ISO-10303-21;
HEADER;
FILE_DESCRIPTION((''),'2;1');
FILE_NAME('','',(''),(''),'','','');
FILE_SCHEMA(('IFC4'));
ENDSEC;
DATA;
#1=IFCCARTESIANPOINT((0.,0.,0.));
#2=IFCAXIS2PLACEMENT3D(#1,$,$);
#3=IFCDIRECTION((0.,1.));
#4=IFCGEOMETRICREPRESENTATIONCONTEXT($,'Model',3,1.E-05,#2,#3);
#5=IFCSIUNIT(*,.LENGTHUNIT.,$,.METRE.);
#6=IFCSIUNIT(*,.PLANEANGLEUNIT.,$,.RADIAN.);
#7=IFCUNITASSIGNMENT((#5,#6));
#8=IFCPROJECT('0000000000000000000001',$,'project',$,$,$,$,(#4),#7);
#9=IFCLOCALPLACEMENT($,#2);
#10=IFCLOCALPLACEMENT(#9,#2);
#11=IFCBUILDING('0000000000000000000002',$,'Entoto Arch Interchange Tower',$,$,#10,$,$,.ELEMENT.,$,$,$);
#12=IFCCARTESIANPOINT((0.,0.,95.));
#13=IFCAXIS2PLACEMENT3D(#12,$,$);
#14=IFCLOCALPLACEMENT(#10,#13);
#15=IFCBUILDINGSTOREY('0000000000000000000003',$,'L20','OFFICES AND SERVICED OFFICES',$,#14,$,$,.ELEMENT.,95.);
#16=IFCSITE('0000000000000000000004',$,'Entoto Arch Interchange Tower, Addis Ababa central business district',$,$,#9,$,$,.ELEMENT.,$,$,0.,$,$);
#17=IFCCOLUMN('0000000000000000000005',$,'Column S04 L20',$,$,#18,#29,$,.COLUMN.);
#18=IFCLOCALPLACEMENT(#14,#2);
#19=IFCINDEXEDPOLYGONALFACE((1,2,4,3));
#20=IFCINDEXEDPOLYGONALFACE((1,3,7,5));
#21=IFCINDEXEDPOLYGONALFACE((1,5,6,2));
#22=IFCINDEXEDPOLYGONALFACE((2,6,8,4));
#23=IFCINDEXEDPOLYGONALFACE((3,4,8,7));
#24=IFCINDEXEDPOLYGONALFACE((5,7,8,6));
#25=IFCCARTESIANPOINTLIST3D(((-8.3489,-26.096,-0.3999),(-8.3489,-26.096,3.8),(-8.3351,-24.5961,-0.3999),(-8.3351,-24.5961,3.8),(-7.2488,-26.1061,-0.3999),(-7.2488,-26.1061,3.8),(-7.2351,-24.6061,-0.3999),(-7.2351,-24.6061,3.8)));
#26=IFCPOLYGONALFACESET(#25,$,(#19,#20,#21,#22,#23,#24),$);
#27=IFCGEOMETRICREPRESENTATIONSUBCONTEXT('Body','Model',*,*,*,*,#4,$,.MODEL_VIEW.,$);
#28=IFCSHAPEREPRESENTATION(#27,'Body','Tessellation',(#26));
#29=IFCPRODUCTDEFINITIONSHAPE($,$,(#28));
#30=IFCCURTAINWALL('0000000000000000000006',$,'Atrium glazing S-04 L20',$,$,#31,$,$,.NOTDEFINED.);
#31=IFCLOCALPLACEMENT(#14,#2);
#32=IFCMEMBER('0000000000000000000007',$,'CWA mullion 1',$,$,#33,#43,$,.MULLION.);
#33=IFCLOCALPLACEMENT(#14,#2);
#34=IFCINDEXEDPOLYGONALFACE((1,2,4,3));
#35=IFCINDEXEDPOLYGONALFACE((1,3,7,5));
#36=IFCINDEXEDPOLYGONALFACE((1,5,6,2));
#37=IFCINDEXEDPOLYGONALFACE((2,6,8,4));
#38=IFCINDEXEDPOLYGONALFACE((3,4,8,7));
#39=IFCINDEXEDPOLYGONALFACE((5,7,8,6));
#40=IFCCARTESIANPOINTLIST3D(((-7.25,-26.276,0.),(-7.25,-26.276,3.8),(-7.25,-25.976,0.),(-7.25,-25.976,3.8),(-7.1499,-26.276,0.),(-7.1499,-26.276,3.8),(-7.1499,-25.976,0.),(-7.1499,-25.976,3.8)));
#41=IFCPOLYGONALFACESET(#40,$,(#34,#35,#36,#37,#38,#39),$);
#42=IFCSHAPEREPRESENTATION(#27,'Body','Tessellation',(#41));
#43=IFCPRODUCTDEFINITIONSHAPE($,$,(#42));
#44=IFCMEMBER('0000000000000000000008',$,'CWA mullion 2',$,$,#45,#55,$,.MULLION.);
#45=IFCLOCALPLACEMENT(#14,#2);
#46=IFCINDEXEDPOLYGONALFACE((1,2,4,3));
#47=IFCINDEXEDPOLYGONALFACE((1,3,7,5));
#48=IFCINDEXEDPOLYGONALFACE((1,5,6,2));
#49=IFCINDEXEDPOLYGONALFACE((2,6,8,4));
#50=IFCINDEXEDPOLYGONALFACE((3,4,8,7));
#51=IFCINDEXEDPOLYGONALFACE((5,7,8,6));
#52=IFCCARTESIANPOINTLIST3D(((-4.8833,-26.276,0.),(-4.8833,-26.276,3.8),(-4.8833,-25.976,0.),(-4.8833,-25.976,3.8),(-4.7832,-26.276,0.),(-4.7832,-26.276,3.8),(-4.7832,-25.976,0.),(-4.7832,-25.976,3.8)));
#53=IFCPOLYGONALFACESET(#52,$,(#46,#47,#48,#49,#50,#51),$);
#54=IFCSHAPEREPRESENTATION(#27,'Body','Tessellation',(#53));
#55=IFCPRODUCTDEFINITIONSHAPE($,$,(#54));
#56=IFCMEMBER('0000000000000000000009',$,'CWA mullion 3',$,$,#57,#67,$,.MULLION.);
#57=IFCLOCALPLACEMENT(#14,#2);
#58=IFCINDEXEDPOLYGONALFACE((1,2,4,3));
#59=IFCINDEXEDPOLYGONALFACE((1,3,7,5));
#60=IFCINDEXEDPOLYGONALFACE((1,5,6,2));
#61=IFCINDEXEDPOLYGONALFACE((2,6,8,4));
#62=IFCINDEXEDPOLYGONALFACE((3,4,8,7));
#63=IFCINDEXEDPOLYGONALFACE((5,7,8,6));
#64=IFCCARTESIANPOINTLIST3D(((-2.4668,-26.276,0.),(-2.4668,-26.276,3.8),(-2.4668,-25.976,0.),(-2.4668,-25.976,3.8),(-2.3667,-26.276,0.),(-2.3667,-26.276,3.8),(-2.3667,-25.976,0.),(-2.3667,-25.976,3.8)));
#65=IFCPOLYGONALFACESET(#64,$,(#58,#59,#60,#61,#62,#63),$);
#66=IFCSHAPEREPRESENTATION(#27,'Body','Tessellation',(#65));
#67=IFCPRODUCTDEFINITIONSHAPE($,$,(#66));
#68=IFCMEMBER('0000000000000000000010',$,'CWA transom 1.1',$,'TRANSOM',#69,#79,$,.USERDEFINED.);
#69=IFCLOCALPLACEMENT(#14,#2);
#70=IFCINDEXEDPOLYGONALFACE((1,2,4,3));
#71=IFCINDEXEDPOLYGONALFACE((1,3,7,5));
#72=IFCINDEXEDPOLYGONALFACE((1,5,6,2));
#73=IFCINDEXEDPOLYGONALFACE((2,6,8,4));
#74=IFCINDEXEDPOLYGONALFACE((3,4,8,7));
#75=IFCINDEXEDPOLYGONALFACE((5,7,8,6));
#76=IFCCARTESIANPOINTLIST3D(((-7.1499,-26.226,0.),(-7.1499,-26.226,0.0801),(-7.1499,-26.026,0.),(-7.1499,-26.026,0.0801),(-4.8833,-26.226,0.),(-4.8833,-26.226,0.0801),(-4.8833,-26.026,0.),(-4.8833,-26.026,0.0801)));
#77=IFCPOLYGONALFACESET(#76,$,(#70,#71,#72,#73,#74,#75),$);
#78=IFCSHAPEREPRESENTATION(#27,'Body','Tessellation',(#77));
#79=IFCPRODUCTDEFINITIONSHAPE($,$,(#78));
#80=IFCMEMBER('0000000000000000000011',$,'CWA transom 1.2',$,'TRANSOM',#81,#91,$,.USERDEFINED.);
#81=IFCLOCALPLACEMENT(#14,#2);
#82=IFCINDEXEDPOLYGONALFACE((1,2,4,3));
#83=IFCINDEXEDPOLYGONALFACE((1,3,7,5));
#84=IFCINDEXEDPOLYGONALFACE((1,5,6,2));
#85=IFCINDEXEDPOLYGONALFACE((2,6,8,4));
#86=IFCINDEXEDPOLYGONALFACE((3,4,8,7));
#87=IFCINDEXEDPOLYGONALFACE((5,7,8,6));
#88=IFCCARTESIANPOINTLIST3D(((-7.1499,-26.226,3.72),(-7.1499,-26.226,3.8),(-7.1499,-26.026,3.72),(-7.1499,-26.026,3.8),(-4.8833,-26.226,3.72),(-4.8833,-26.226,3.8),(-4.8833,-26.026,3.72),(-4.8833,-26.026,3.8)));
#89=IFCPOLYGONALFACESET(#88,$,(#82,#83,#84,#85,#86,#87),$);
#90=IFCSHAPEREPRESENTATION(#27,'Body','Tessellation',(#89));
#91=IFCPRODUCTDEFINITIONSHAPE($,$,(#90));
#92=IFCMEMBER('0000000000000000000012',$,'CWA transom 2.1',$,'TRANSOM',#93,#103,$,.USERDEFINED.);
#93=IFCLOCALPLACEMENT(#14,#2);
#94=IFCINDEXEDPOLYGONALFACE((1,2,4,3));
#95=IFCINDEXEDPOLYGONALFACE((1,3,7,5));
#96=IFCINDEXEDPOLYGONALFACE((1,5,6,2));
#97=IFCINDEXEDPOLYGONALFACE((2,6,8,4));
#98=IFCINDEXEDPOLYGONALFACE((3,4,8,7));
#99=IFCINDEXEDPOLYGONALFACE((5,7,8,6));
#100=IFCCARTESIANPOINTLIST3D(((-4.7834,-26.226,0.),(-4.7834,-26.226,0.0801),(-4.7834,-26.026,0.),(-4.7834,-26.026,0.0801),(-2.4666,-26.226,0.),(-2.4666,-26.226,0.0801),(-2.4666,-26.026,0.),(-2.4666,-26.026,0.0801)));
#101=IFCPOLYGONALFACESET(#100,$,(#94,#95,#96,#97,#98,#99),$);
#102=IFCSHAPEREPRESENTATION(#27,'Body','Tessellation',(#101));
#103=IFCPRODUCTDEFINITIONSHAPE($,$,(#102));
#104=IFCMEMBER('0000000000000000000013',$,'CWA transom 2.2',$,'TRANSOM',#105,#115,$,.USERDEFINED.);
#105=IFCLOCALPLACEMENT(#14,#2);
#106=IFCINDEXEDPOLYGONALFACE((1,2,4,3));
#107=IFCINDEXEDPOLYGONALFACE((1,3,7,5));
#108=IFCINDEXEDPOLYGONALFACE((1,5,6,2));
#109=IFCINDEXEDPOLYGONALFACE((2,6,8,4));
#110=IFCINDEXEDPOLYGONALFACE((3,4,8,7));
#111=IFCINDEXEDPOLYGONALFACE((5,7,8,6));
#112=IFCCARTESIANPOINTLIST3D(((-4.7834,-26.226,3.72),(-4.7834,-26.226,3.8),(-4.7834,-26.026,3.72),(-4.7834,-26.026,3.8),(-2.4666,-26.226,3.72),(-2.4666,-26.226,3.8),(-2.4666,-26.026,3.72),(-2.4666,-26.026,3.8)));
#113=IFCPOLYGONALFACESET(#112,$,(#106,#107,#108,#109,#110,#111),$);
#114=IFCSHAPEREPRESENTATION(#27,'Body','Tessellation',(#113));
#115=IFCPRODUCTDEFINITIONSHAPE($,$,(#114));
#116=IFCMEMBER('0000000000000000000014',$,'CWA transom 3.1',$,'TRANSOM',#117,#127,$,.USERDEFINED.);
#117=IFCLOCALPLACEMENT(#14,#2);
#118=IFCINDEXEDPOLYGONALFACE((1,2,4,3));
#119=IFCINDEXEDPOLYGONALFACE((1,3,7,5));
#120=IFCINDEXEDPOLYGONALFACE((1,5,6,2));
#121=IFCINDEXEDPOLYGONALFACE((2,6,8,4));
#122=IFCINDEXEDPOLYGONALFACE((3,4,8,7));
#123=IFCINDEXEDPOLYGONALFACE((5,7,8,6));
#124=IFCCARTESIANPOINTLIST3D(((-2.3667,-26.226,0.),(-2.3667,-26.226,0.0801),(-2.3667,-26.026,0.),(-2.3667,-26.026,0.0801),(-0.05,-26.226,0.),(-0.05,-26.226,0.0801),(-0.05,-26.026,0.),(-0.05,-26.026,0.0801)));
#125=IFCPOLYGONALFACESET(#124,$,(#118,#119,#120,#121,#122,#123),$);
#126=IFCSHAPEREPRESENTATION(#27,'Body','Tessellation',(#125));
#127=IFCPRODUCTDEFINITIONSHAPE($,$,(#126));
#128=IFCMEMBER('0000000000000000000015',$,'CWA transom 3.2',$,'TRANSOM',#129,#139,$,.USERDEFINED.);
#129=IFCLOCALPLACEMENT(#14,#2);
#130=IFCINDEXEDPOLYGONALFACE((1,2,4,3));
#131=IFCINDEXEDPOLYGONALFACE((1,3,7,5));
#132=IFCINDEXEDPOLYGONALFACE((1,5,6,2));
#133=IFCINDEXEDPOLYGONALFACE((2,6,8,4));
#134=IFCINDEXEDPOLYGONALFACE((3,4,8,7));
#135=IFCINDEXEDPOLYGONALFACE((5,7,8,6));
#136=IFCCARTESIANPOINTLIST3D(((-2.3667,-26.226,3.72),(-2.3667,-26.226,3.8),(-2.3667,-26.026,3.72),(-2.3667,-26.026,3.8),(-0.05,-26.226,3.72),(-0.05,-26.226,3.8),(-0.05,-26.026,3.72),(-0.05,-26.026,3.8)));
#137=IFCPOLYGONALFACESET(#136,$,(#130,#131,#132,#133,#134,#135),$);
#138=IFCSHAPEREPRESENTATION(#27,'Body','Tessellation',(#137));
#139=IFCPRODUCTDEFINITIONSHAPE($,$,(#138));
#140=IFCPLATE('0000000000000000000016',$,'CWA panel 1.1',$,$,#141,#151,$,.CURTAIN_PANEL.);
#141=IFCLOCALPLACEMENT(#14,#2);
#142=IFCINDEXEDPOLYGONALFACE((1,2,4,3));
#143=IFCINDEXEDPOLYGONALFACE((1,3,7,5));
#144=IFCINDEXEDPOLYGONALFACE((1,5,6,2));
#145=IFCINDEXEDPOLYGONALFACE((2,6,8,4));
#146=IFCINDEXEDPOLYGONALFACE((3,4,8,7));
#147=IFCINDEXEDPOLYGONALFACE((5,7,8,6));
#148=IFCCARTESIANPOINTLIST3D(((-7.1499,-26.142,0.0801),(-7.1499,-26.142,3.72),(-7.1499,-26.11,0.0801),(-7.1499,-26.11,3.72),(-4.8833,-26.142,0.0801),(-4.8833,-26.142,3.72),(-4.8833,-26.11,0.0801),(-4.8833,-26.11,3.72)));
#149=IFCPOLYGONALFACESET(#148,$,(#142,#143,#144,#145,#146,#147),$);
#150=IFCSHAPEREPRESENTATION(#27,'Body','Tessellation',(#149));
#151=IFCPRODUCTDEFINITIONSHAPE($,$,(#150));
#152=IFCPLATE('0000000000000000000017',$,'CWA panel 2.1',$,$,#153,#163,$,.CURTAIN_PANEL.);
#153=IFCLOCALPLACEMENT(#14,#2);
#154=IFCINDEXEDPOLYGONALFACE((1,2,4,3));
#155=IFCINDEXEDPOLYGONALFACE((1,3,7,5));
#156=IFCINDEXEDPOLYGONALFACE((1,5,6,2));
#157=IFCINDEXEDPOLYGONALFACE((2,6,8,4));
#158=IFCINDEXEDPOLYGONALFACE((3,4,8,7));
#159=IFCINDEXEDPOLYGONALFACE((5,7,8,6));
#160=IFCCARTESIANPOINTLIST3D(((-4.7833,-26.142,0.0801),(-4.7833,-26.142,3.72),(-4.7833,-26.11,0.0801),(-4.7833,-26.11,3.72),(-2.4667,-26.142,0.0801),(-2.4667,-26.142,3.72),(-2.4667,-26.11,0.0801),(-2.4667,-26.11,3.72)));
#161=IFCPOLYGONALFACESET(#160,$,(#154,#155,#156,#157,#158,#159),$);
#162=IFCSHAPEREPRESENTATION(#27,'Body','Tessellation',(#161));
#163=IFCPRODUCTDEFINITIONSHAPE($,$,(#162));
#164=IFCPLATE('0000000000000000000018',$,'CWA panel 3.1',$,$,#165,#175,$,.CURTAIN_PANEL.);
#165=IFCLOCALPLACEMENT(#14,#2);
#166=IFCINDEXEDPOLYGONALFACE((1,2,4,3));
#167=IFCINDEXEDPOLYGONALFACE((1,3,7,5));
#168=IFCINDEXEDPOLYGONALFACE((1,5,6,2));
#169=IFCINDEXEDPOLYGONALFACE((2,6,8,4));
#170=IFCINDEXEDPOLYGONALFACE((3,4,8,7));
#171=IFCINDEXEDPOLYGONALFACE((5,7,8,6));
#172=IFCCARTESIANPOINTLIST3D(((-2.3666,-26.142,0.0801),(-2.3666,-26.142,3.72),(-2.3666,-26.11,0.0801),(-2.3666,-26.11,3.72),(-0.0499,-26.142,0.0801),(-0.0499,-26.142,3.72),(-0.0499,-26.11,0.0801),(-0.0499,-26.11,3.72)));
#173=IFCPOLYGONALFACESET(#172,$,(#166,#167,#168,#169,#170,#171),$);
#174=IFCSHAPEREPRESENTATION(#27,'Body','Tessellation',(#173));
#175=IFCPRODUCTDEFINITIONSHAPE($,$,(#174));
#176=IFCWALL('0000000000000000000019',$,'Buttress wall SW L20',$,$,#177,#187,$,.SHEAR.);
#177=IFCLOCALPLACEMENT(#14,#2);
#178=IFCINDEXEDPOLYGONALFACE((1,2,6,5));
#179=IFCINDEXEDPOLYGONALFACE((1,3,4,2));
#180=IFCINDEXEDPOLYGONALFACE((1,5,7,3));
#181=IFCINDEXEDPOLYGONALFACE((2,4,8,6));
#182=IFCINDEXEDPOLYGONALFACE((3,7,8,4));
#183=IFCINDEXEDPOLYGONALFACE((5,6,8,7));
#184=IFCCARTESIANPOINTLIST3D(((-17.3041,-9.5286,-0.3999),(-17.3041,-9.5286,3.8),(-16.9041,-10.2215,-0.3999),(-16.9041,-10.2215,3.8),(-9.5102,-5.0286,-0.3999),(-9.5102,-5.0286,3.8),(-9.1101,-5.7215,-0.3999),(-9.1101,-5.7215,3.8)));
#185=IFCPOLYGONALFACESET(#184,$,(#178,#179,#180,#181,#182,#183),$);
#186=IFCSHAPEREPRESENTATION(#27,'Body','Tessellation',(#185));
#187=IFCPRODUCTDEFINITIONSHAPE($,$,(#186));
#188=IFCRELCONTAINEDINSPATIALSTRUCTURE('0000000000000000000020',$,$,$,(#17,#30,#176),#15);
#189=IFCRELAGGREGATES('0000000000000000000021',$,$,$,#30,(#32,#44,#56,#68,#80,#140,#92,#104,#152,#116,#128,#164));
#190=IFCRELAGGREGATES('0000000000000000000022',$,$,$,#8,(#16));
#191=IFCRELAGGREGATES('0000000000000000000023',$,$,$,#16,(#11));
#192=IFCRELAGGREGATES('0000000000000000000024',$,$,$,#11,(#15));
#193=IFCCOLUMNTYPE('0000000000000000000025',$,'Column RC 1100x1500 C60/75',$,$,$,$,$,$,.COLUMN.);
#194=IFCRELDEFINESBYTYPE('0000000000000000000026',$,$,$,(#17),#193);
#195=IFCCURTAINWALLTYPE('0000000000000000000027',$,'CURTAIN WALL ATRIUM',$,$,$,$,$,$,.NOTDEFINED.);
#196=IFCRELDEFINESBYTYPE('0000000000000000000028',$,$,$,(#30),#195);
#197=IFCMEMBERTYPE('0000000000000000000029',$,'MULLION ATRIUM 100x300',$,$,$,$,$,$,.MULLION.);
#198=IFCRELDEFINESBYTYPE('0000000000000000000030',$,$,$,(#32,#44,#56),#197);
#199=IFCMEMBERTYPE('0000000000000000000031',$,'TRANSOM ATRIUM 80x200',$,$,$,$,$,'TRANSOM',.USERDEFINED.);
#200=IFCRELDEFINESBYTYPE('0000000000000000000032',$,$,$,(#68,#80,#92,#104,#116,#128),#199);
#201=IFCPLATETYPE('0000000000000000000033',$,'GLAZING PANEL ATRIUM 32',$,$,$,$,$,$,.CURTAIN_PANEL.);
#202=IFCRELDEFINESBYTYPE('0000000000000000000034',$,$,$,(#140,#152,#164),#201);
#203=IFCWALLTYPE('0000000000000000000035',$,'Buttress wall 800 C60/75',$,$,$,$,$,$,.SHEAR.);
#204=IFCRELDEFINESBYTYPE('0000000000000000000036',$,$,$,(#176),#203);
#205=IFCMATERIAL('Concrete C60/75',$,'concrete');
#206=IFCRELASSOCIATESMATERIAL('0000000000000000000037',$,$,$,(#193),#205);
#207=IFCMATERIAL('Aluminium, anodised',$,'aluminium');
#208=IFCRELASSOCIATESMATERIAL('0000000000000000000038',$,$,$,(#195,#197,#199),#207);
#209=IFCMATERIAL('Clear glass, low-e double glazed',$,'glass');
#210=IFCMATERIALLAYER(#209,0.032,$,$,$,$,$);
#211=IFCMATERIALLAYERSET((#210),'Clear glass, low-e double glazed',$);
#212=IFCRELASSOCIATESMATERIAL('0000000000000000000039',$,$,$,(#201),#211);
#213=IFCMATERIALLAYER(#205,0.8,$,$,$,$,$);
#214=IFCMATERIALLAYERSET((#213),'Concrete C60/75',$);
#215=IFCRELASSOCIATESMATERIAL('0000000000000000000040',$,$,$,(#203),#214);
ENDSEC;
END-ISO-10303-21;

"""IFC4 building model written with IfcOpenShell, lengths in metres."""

from ifc_helpers import new_model, si_unit, direction, frame, frame_2d, origin, origin_2d, place, context, subcontext, project, spatial, rectangle, extrude, material, layer, layer_set, material_profile, profile_set, type_object, element, aggregate, save


model = new_model("IFC4")

# Units and contexts
model_context = context("Model", 3, precision=1e-05, world=origin(), true_north=direction((0.0, 1.0)))
body_context = subcontext(model_context, "Body", "Model", "MODEL_VIEW")
ifc_project = project(units=[si_unit("LENGTHUNIT", "METRE"), si_unit("PLANEANGLEUNIT", "RADIAN")], contexts=[model_context])

# Site, building, storey
site_placement = place(None, origin())
site = spatial("IfcSite", under=ifc_project, at=site_placement, Name="Entoto Arch Interchange Tower, Addis Ababa central business district", CompositionType="ELEMENT", RefElevation=0.0)
building_placement = place(site_placement, origin())
building = spatial("IfcBuilding", under=site, at=building_placement, Name="Entoto Arch Interchange Tower", CompositionType="ELEMENT")
storey_placement = place(building_placement, frame((0.0, 0.0, 95.0)))
storey = spatial("IfcBuildingStorey", under=building, at=storey_placement, Name="L20", Description="OFFICES AND SERVICED OFFICES", CompositionType="ELEMENT", Elevation=95.0)

# Column
ifc_material_1 = material(Name="Concrete C60/75", Category="concrete")
ifc_material_profile_1 = material_profile(ifc_material_1, rectangle(XDim=1.1001, YDim=1.5, at=origin_2d()))
ifc_profile_set_1 = profile_set([ifc_material_profile_1], Name="Concrete C60/75")
column_type = type_object("IfcColumnType", Name="Column RC 1100x1500 C60/75", PredefinedType="COLUMN", material=ifc_profile_set_1)
column_placement = place(storey_placement, frame((-7.792, -25.3511, -0.3999), z_axis=(0.0, 0.0, 1.0), x_axis=(-0.999958, 0.009163, 0.0)))
element("IfcColumn", 1, at=column_placement, inside=storey, type_object=column_type, Name="Column S04 L20", PredefinedType="COLUMN", context=body_context, shape_type="SweptSolid", body=[
    extrude(rectangle(XDim=1.1001, YDim=1.5, at=origin_2d()), origin(), (0.0, 0.0, 1.0), 4.2),
])

# Curtain wall, members, plates
ifc_material_2 = material(Name="Aluminium, anodised", Category="aluminium")
curtain_wall_type = type_object("IfcCurtainWallType", Name="CURTAIN WALL ATRIUM", PredefinedType="NOTDEFINED", material=ifc_material_2)
curtain_wall_placement = place(storey_placement, origin())
curtain_wall = element("IfcCurtainWall", 2, at=curtain_wall_placement, inside=storey, type_object=curtain_wall_type, Name="Atrium glazing S-04 L20", PredefinedType="NOTDEFINED")
ifc_material_profile_2 = material_profile(ifc_material_2, rectangle(XDim=0.3, YDim=0.1001, at=origin_2d()))
ifc_profile_set_2 = profile_set([ifc_material_profile_2], Name="Aluminium, anodised")
member_type_1 = type_object("IfcMemberType", Name="MULLION ATRIUM 100x300", PredefinedType="MULLION", material=ifc_profile_set_2)
member_1_placement = place(storey_placement, frame((-7.2, -26.126, 0.0), z_axis=(0.0, 0.0, 1.0), x_axis=(0.0, 1.0, 0.0)))
member_1 = element("IfcMember", 3, at=member_1_placement, type_object=member_type_1, Name="CWA mullion 1", PredefinedType="MULLION", context=body_context, shape_type="SweptSolid", body=[
    extrude(rectangle(XDim=0.3, YDim=0.1001, at=origin_2d()), origin(), (0.0, 0.0, 1.0), 3.8),
])
member_2_placement = place(storey_placement, frame((-4.8333, -26.126, 0.0), z_axis=(0.0, 0.0, 1.0), x_axis=(0.0, 1.0, 0.0)))
member_2 = element("IfcMember", 4, at=member_2_placement, type_object=member_type_1, Name="CWA mullion 2", PredefinedType="MULLION", context=body_context, shape_type="SweptSolid", body=[
    extrude(rectangle(XDim=0.3, YDim=0.1001, at=origin_2d()), origin(), (0.0, 0.0, 1.0), 3.8),
])
member_3_placement = place(storey_placement, frame((-2.4167, -26.126, 0.0), z_axis=(0.0, 0.0, 1.0), x_axis=(0.0, 1.0, 0.0)))
member_3 = element("IfcMember", 5, at=member_3_placement, type_object=member_type_1, Name="CWA mullion 3", PredefinedType="MULLION", context=body_context, shape_type="SweptSolid", body=[
    extrude(rectangle(XDim=0.3, YDim=0.1001, at=origin_2d()), origin(), (0.0, 0.0, 1.0), 3.8),
])
ifc_material_profile_3 = material_profile(ifc_material_2, rectangle(XDim=0.2, YDim=0.0801, at=origin_2d()))
ifc_profile_set_3 = profile_set([ifc_material_profile_3], Name="Aluminium, anodised")
member_type_2 = type_object("IfcMemberType", Name="TRANSOM ATRIUM 80x200", ElementType="TRANSOM", PredefinedType="USERDEFINED", material=ifc_profile_set_3)
member_4_placement = place(storey_placement, frame((-7.1499, -26.126, 0.04), z_axis=(1.0, 0.0, 0.0), x_axis=(0.0, 1.0, 0.0)))
member_4 = element("IfcMember", 6, at=member_4_placement, type_object=member_type_2, Name="CWA transom 1.1", ObjectType="TRANSOM", PredefinedType="USERDEFINED", context=body_context, shape_type="SweptSolid", body=[
    extrude(rectangle(XDim=0.2, YDim=0.0801, at=origin_2d()), origin(), (0.0, 0.0, 1.0), 2.2666),
])
member_5_placement = place(storey_placement, frame((-7.1499, -26.126, 3.76), z_axis=(1.0, 0.0, 0.0), x_axis=(0.0, 1.0, 0.0)))
member_5 = element("IfcMember", 7, at=member_5_placement, type_object=member_type_2, Name="CWA transom 1.2", ObjectType="TRANSOM", PredefinedType="USERDEFINED", context=body_context, shape_type="SweptSolid", body=[
    extrude(rectangle(XDim=0.2, YDim=0.0801, at=origin_2d()), origin(), (0.0, 0.0, 1.0), 2.2666),
])
member_6_placement = place(storey_placement, frame((-4.7834, -26.126, 0.04), z_axis=(1.0, 0.0, 0.0), x_axis=(0.0, 1.0, 0.0)))
member_6 = element("IfcMember", 8, at=member_6_placement, type_object=member_type_2, Name="CWA transom 2.1", ObjectType="TRANSOM", PredefinedType="USERDEFINED", context=body_context, shape_type="SweptSolid", body=[
    extrude(rectangle(XDim=0.2, YDim=0.0801, at=origin_2d()), origin(), (0.0, 0.0, 1.0), 2.3169),
])
member_7_placement = place(storey_placement, frame((-4.7834, -26.126, 3.76), z_axis=(1.0, 0.0, 0.0), x_axis=(0.0, 1.0, 0.0)))
member_7 = element("IfcMember", 9, at=member_7_placement, type_object=member_type_2, Name="CWA transom 2.2", ObjectType="TRANSOM", PredefinedType="USERDEFINED", context=body_context, shape_type="SweptSolid", body=[
    extrude(rectangle(XDim=0.2, YDim=0.0801, at=origin_2d()), origin(), (0.0, 0.0, 1.0), 2.3169),
])
member_8_placement = place(storey_placement, frame((-2.3667, -26.126, 0.04), z_axis=(1.0, 0.0, 0.0), x_axis=(0.0, 1.0, 0.0)))
member_8 = element("IfcMember", 10, at=member_8_placement, type_object=member_type_2, Name="CWA transom 3.1", ObjectType="TRANSOM", PredefinedType="USERDEFINED", context=body_context, shape_type="SweptSolid", body=[
    extrude(rectangle(XDim=0.2, YDim=0.0801, at=origin_2d()), origin(), (0.0, 0.0, 1.0), 2.3167),
])
member_9_placement = place(storey_placement, frame((-2.3667, -26.126, 3.76), z_axis=(1.0, 0.0, 0.0), x_axis=(0.0, 1.0, 0.0)))
member_9 = element("IfcMember", 11, at=member_9_placement, type_object=member_type_2, Name="CWA transom 3.2", ObjectType="TRANSOM", PredefinedType="USERDEFINED", context=body_context, shape_type="SweptSolid", body=[
    extrude(rectangle(XDim=0.2, YDim=0.0801, at=origin_2d()), origin(), (0.0, 0.0, 1.0), 2.3167),
])
ifc_material_3 = material(Name="Clear glass, low-e double glazed", Category="glass")
ifc_layer_1 = layer(ifc_material_3, 0.032)
ifc_layer_set_1 = layer_set([ifc_layer_1], Name="Clear glass, low-e double glazed")
plate_type = type_object("IfcPlateType", Name="GLAZING PANEL ATRIUM 32", PredefinedType="CURTAIN_PANEL", material=ifc_layer_set_1)
plate_1_placement = place(storey_placement, frame((-6.0166, -26.126, 0.0801), z_axis=(0.0, 0.0, 1.0), x_axis=(1.0, 0.0, 0.0)))
plate_1 = element("IfcPlate", 12, at=plate_1_placement, type_object=plate_type, Name="CWA panel 1.1", PredefinedType="CURTAIN_PANEL", context=body_context, shape_type="SweptSolid", body=[
    extrude(rectangle(XDim=2.2666, YDim=0.032, at=origin_2d()), origin(), (0.0, 0.0, 1.0), 3.6399),
])
plate_2_placement = place(storey_placement, frame((-3.625, -26.126, 0.0801), z_axis=(0.0, 0.0, 1.0), x_axis=(1.0, 0.0, 0.0)))
plate_2 = element("IfcPlate", 13, at=plate_2_placement, type_object=plate_type, Name="CWA panel 2.1", PredefinedType="CURTAIN_PANEL", context=body_context, shape_type="SweptSolid", body=[
    extrude(rectangle(XDim=2.3167, YDim=0.032, at=origin_2d()), origin(), (0.0, 0.0, 1.0), 3.6399),
])
plate_3_placement = place(storey_placement, frame((-1.2083, -26.126, 0.0801), z_axis=(0.0, 0.0, 1.0), x_axis=(1.0, 0.0, 0.0)))
plate_3 = element("IfcPlate", 14, at=plate_3_placement, type_object=plate_type, Name="CWA panel 3.1", PredefinedType="CURTAIN_PANEL", context=body_context, shape_type="SweptSolid", body=[
    extrude(rectangle(XDim=2.3167, YDim=0.032, at=origin_2d()), origin(), (0.0, 0.0, 1.0), 3.6399),
])
aggregate(curtain_wall, [member_1, member_2, member_3, member_4, member_5, plate_1, member_6, member_7, plate_2, member_8, member_9, plate_3])

# Wall
ifc_layer_2 = layer(ifc_material_1, 0.8)
ifc_layer_set_2 = layer_set([ifc_layer_2], Name="Concrete C60/75")
wall_type_1 = type_object("IfcWallType", Name="Buttress wall 800 C60/75", PredefinedType="SHEAR", material=ifc_layer_set_2)
wall_1_placement = place(storey_placement, frame((-9.3101, -5.375, -0.3999), z_axis=(0.0, 0.0, 1.0), x_axis=(-0.866018, -0.500014, 0.0)))
element("IfcWall", 15, at=wall_1_placement, inside=storey, type_object=wall_type_1, Name="Buttress wall SW L20", PredefinedType="SHEAR", context=body_context, shape_type="SweptSolid", body=[
    extrude(rectangle(XDim=8.9998, YDim=0.8, at=frame_2d((4.5, 0.0))), origin(), (0.0, 0.0, 1.0), 4.2),
])

save(model, "model.ifc")
